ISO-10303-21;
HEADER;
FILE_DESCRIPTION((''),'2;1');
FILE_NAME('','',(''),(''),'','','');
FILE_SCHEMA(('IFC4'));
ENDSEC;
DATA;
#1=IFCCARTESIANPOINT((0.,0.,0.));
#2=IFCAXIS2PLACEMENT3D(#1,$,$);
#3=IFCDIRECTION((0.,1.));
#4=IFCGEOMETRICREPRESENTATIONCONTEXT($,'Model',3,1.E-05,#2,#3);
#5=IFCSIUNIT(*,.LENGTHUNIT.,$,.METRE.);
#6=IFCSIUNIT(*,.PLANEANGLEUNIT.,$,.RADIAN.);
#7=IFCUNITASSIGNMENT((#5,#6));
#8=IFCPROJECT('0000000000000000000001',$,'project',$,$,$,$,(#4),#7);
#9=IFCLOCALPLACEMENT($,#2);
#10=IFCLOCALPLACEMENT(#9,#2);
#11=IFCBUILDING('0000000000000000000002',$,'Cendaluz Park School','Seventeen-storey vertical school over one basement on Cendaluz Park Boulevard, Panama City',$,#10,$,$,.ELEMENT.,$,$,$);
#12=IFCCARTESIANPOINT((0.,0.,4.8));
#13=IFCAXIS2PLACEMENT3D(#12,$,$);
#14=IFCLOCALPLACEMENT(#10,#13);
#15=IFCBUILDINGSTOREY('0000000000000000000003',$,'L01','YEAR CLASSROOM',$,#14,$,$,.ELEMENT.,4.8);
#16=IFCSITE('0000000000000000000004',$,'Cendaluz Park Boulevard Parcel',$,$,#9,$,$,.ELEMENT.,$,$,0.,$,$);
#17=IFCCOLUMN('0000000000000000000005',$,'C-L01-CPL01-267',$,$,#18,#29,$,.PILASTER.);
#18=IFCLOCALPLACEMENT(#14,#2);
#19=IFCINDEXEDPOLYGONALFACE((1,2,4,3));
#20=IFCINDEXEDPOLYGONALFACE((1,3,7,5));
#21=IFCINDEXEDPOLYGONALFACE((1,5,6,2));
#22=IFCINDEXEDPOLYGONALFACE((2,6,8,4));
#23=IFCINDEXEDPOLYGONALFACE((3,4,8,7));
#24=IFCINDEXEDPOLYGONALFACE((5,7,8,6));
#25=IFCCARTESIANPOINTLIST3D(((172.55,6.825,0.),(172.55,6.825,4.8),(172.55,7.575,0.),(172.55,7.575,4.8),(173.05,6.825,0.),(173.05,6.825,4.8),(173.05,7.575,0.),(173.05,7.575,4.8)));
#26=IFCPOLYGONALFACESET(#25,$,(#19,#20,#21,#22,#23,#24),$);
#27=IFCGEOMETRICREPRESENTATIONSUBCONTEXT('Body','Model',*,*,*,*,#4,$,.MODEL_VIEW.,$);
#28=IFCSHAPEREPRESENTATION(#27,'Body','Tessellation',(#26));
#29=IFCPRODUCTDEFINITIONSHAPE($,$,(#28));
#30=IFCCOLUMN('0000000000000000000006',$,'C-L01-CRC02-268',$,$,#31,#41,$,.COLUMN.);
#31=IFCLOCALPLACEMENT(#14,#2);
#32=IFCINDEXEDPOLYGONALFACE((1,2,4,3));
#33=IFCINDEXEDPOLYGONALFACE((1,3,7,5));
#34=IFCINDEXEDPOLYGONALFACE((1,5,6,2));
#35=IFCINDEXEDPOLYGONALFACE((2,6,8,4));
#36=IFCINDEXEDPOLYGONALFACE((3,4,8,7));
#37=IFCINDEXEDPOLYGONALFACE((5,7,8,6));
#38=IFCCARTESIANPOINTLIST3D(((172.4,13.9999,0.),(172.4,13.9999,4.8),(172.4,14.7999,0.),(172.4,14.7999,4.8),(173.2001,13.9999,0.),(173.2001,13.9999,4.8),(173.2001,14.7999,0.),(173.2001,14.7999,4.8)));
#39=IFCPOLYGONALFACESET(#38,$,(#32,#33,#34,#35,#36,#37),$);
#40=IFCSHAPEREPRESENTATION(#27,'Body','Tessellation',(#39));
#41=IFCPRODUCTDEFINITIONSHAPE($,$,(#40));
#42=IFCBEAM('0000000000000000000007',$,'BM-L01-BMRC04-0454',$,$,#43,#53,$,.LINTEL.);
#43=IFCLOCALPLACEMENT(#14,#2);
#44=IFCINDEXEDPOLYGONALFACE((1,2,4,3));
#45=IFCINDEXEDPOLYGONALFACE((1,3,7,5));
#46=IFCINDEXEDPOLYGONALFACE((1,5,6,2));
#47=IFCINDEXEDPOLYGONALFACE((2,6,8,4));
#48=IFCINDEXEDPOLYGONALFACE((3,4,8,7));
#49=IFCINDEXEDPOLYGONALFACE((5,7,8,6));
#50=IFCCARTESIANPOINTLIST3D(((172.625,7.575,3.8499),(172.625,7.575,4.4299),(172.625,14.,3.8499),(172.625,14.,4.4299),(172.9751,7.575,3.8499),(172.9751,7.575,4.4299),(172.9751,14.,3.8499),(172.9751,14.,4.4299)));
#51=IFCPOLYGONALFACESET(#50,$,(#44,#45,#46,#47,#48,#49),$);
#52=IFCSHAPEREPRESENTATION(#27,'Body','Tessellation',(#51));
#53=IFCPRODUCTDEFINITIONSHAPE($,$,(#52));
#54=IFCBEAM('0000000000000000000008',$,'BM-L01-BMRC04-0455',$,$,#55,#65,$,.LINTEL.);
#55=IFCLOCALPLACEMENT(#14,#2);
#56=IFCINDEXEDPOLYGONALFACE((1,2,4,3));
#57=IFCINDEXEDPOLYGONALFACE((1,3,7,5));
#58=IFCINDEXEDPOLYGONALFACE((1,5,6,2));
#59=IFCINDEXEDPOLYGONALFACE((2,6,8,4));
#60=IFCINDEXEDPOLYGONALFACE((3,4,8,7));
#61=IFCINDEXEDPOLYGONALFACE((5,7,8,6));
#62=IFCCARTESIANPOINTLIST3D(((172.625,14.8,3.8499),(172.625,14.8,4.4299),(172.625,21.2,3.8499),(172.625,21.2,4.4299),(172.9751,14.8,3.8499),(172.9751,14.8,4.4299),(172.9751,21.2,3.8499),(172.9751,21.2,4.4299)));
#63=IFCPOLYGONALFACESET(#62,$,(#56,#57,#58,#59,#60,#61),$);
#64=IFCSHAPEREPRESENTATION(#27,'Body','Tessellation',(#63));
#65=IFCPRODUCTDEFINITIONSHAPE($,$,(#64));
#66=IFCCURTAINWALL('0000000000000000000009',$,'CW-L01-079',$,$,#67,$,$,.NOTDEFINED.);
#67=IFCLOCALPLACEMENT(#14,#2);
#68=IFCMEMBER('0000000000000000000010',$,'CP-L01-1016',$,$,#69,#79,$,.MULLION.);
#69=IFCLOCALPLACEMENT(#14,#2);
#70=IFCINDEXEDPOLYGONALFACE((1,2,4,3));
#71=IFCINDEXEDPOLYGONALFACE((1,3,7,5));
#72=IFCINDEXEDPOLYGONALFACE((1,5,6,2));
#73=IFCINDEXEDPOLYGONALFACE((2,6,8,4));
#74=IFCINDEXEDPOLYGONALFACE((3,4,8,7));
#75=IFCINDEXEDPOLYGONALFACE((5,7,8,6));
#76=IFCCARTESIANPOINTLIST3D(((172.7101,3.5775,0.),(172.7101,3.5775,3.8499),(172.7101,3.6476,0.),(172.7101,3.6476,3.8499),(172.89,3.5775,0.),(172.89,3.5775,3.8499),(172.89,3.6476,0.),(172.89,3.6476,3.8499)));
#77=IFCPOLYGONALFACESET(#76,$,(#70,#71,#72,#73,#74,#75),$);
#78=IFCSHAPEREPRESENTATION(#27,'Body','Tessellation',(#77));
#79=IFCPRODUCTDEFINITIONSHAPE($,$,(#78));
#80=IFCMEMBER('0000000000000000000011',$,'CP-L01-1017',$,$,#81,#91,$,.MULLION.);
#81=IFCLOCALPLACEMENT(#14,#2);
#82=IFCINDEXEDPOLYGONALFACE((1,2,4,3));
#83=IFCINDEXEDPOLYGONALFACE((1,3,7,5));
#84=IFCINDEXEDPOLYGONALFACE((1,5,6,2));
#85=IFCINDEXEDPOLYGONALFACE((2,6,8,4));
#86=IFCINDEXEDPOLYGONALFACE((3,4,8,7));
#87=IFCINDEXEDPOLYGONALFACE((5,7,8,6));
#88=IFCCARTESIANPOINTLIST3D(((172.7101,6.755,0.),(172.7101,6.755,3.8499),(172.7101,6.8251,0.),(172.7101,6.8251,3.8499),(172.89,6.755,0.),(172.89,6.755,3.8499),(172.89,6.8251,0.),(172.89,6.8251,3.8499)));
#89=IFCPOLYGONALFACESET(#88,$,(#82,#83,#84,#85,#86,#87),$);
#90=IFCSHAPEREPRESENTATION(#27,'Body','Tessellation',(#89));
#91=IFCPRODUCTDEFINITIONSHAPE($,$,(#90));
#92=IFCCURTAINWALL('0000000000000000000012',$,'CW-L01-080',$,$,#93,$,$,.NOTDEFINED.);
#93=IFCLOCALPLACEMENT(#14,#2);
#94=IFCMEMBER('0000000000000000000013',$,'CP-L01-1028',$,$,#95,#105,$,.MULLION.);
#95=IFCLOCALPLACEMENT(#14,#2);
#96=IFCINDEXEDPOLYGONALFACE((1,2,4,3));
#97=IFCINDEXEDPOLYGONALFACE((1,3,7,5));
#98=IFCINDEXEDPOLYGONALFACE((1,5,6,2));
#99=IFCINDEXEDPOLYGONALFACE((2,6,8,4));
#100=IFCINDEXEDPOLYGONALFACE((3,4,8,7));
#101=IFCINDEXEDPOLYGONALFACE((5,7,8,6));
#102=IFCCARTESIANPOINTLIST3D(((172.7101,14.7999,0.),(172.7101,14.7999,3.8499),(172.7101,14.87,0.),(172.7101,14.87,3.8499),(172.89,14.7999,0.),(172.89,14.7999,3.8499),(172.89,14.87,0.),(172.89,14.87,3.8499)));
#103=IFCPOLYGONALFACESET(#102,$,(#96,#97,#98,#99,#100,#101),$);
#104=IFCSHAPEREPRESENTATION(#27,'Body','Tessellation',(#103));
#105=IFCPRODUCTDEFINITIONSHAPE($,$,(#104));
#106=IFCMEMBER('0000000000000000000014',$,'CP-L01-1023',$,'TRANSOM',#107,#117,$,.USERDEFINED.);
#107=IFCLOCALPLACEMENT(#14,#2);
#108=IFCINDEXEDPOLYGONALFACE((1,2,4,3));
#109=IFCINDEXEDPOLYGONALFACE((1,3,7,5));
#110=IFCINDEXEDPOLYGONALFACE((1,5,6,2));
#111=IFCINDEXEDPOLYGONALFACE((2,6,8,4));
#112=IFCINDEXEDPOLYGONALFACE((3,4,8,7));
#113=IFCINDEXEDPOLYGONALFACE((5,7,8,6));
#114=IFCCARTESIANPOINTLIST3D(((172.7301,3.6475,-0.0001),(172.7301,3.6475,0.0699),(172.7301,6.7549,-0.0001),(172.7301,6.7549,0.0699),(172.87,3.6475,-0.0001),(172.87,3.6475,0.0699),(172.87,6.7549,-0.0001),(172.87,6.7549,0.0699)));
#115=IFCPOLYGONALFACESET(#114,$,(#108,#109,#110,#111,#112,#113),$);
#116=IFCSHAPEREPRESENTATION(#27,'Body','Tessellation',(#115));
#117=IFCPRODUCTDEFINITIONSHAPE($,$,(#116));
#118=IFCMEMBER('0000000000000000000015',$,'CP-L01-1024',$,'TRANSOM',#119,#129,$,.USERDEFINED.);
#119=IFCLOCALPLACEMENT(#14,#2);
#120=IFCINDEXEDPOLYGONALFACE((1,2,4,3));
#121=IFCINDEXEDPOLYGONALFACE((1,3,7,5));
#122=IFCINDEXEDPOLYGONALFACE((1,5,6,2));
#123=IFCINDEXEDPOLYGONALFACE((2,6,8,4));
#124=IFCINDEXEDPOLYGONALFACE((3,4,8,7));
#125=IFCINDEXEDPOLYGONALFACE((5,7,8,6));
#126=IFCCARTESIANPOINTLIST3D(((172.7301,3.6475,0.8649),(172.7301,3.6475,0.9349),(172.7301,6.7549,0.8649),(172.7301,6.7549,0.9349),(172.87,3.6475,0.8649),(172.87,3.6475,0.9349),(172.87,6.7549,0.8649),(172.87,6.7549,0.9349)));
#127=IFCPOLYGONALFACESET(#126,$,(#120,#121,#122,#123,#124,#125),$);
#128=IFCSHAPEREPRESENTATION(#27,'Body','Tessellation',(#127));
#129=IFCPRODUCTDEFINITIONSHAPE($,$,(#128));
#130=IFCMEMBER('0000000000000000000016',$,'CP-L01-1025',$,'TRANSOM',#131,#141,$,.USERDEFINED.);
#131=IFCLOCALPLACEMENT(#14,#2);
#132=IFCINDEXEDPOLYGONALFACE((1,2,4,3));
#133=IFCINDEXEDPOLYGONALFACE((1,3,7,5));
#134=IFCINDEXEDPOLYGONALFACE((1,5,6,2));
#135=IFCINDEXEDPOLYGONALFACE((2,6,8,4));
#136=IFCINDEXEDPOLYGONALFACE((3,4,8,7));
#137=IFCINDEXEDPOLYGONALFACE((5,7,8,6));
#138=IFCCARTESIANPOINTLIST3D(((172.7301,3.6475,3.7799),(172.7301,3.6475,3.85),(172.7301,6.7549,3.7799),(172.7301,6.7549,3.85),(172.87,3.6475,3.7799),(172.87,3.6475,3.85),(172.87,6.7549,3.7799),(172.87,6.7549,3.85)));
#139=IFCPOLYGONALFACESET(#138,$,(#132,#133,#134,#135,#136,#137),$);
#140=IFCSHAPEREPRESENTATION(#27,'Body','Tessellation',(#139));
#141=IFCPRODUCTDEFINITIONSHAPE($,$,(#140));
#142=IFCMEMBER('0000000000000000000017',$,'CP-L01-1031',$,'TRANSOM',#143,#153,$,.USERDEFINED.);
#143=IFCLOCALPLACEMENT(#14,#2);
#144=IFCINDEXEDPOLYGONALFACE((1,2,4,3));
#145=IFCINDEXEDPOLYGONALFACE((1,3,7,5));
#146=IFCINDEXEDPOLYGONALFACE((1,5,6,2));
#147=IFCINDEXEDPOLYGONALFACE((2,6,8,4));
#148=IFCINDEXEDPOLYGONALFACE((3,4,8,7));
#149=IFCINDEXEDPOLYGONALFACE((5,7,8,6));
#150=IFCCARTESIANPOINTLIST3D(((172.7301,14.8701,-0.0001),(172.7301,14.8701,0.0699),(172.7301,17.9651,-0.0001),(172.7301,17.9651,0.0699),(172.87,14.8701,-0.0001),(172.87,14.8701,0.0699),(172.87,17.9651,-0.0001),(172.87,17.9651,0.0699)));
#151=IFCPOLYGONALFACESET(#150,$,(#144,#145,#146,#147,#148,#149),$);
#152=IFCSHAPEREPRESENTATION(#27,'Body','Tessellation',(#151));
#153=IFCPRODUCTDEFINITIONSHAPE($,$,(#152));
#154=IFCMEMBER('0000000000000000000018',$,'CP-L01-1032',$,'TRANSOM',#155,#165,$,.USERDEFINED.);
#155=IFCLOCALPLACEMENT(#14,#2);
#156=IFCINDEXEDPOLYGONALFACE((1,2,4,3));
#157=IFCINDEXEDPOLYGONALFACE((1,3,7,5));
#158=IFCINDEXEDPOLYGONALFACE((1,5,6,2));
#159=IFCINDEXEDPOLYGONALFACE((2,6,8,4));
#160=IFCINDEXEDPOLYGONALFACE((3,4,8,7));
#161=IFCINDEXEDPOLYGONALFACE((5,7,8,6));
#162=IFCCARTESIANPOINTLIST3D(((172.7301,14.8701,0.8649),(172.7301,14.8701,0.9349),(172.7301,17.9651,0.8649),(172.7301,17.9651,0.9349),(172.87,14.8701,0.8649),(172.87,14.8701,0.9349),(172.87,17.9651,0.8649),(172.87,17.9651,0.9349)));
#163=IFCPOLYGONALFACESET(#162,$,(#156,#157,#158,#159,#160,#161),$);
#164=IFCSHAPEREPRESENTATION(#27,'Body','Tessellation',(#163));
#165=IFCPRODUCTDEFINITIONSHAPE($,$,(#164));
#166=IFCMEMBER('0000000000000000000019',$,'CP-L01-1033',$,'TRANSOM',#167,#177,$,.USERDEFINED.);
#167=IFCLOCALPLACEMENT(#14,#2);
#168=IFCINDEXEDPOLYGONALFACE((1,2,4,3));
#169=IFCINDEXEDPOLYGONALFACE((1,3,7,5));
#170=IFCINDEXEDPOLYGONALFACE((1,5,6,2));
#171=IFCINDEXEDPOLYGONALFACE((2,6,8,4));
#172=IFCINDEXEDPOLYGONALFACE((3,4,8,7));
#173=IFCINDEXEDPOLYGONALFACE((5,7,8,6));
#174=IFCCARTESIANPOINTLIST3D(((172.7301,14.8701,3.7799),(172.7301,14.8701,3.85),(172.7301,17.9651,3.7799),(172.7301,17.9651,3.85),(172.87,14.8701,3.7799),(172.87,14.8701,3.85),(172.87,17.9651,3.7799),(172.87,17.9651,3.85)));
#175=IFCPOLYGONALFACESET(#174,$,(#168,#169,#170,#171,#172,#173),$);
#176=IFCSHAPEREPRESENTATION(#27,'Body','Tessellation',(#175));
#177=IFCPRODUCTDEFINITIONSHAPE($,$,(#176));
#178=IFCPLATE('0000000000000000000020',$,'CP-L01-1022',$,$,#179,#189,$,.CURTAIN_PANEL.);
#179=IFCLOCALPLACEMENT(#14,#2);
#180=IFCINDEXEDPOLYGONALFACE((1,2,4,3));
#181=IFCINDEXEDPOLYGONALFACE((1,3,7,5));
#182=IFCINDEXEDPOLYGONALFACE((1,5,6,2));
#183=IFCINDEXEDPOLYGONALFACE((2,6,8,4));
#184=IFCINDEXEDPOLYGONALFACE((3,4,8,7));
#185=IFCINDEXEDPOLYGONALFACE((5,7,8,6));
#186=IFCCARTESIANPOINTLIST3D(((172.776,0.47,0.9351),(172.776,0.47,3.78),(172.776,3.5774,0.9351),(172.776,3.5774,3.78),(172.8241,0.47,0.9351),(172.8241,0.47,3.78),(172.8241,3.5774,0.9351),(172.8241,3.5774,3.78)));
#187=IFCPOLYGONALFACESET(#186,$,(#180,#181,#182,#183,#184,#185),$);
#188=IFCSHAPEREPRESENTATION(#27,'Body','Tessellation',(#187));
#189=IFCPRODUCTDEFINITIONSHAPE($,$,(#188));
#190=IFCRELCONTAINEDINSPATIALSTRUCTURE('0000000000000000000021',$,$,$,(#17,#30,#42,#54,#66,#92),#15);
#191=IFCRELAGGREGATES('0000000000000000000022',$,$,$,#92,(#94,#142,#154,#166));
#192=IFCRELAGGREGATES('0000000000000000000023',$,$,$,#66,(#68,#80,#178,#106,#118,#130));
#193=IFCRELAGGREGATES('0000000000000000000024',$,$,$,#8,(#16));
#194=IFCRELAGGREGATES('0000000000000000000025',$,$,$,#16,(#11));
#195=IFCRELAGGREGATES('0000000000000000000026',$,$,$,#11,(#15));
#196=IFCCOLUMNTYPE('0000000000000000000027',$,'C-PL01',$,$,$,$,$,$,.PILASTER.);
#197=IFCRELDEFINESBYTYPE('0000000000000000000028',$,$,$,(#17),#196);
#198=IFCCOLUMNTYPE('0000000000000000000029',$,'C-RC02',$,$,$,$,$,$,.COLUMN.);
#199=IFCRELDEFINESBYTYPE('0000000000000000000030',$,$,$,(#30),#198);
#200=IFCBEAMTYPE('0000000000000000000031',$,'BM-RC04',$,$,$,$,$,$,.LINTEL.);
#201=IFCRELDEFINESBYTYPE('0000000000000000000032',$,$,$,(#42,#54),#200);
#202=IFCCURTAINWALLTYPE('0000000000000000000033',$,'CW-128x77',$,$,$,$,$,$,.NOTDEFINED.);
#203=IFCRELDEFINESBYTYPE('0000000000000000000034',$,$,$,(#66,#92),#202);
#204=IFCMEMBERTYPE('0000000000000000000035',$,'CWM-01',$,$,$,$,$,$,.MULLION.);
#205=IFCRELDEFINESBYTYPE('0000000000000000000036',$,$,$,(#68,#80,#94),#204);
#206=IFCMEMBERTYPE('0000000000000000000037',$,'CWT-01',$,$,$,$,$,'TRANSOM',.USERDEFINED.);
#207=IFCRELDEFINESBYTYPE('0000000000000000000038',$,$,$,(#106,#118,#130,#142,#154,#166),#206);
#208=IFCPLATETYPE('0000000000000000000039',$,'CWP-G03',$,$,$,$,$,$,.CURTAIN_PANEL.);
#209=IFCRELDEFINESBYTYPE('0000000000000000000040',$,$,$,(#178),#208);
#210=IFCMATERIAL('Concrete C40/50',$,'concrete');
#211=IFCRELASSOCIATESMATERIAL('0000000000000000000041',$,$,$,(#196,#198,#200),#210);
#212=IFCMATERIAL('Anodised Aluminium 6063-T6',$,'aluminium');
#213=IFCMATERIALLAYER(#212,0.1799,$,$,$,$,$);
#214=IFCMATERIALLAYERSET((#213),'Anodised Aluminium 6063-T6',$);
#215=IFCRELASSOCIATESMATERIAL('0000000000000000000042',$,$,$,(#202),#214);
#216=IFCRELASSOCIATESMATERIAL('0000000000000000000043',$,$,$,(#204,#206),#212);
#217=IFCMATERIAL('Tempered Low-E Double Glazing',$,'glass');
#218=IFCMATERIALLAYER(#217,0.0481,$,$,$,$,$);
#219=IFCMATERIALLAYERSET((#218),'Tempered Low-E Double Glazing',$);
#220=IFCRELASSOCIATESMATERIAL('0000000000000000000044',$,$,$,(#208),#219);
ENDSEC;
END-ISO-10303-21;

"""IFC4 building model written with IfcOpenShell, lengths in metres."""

from ifc_helpers import new_model, si_unit, direction, frame, origin, origin_2d, place, context, subcontext, project, spatial, rectangle, extrude, material, layer, layer_set, material_profile, profile_set, type_object, element, aggregate, save


model = new_model("IFC4")

# Units and contexts
model_context = context("Model", 3, precision=1e-05, world=origin(), true_north=direction((0.0, 1.0)))
body_context = subcontext(model_context, "Body", "Model", "MODEL_VIEW")
ifc_project = project(units=[si_unit("LENGTHUNIT", "METRE"), si_unit("PLANEANGLEUNIT", "RADIAN")], contexts=[model_context])

# Site, building, storey
site_placement = place(None, origin())
site = spatial("IfcSite", under=ifc_project, at=site_placement, Name="Cendaluz Park Boulevard Parcel", CompositionType="ELEMENT", RefElevation=0.0)
building_placement = place(site_placement, origin())
building = spatial("IfcBuilding", under=site, at=building_placement, Name="Cendaluz Park School", Description="Seventeen-storey vertical school over one basement on Cendaluz Park Boulevard, Panama City", CompositionType="ELEMENT")
storey_placement = place(building_placement, frame((0.0, 0.0, 4.8)))
storey = spatial("IfcBuildingStorey", under=building, at=storey_placement, Name="L01", Description="YEAR CLASSROOM", CompositionType="ELEMENT", Elevation=4.8)

# Columns
ifc_material_1 = material(Name="Concrete C40/50", Category="concrete")
ifc_material_profile_1 = material_profile(ifc_material_1, rectangle(XDim=0.5, YDim=0.75, at=origin_2d()), Name="RC 500x750", Category="concrete")
ifc_profile_set_1 = profile_set([ifc_material_profile_1], Name="Concrete C40/50")
column_type_1 = type_object("IfcColumnType", Name="C-PL01", PredefinedType="PILASTER", material=ifc_profile_set_1)
column_1_placement = place(storey_placement, frame((172.8, 7.2, 0.0), z_axis=(0.0, 0.0, 1.0), x_axis=(1.0, 0.0, 0.0)))
element("IfcColumn", 1, at=column_1_placement, inside=storey, type_object=column_type_1, Name="C-L01-CPL01-267", PredefinedType="PILASTER", context=body_context, shape_type="SweptSolid", body=[
    extrude(rectangle(XDim=0.5, YDim=0.75, at=origin_2d()), origin(), (0.0, 0.0, 1.0), 4.8),
])
ifc_material_profile_2 = material_profile(ifc_material_1, rectangle(XDim=0.8, YDim=0.8, at=origin_2d()), Name="RC 800x800", Category="concrete")
ifc_profile_set_2 = profile_set([ifc_material_profile_2], Name="Concrete C40/50")
column_type_2 = type_object("IfcColumnType", Name="C-RC02", PredefinedType="COLUMN", material=ifc_profile_set_2)
column_2_placement = place(storey_placement, frame((172.8, 14.3999, 0.0), z_axis=(0.0, 0.0, 1.0), x_axis=(1.0, 0.0, 0.0)))
element("IfcColumn", 2, at=column_2_placement, inside=storey, type_object=column_type_2, Name="C-L01-CRC02-268", PredefinedType="COLUMN", context=body_context, shape_type="SweptSolid", body=[
    extrude(rectangle(XDim=0.8, YDim=0.8, at=origin_2d()), origin(), (0.0, 0.0, 1.0), 4.8),
])

# Beams
ifc_material_profile_3 = material_profile(ifc_material_1, rectangle(XDim=0.3501, YDim=0.5801, at=origin_2d()), Name="RC 350x580", Category="concrete")
ifc_profile_set_3 = profile_set([ifc_material_profile_3], Name="Concrete C40/50")
beam_type = type_object("IfcBeamType", Name="BM-RC04", PredefinedType="LINTEL", material=ifc_profile_set_3)
beam_1_placement = place(storey_placement, frame((172.8, 7.575, 4.1399), z_axis=(0.0, 1.0, 0.0), x_axis=(-1.0, 0.0, 0.0)))
element("IfcBeam", 3, at=beam_1_placement, inside=storey, type_object=beam_type, Name="BM-L01-BMRC04-0454", PredefinedType="LINTEL", context=body_context, shape_type="SweptSolid", body=[
    extrude(rectangle(XDim=0.3501, YDim=0.5801, at=origin_2d()), origin(), (0.0, 0.0, 1.0), 6.425),
])
beam_2_placement = place(storey_placement, frame((172.8, 14.8, 4.1399), z_axis=(0.0, 1.0, 0.0), x_axis=(-1.0, 0.0, 0.0)))
element("IfcBeam", 4, at=beam_2_placement, inside=storey, type_object=beam_type, Name="BM-L01-BMRC04-0455", PredefinedType="LINTEL", context=body_context, shape_type="SweptSolid", body=[
    extrude(rectangle(XDim=0.3501, YDim=0.5801, at=origin_2d()), origin(), (0.0, 0.0, 1.0), 6.3999),
])

# Curtain wall, members
ifc_material_2 = material(Name="Anodised Aluminium 6063-T6", Category="aluminium")
ifc_layer_1 = layer(ifc_material_2, 0.1799)
ifc_layer_set_1 = layer_set([ifc_layer_1], Name="Anodised Aluminium 6063-T6")
curtain_wall_type = type_object("IfcCurtainWallType", Name="CW-128x77", PredefinedType="NOTDEFINED", material=ifc_layer_set_1)
curtain_wall_1_placement = place(storey_placement, origin())
curtain_wall_1 = element("IfcCurtainWall", 5, at=curtain_wall_1_placement, inside=storey, type_object=curtain_wall_type, Name="CW-L01-079", PredefinedType="NOTDEFINED")
ifc_material_profile_4 = material_profile(ifc_material_2, rectangle(XDim=0.1799, YDim=0.0701, at=origin_2d()), Name="CWM 180x70", Category="aluminium")
ifc_profile_set_4 = profile_set([ifc_material_profile_4], Name="Anodised Aluminium 6063-T6")
member_type_1 = type_object("IfcMemberType", Name="CWM-01", PredefinedType="MULLION", material=ifc_profile_set_4)
member_1_placement = place(storey_placement, frame((172.8, 3.6125, 0.0), z_axis=(0.0, 0.0, 1.0), x_axis=(-1.0, 0.0, 0.0)))
member_1 = element("IfcMember", 6, at=member_1_placement, type_object=member_type_1, Name="CP-L01-1016", PredefinedType="MULLION", context=body_context, shape_type="SweptSolid", body=[
    extrude(rectangle(XDim=0.1799, YDim=0.0701, at=origin_2d()), origin(), (0.0, 0.0, 1.0), 3.8499),
])
member_2_placement = place(storey_placement, frame((172.8, 6.79, 0.0), z_axis=(0.0, 0.0, 1.0), x_axis=(-1.0, 0.0, 0.0)))
member_2 = element("IfcMember", 7, at=member_2_placement, type_object=member_type_1, Name="CP-L01-1017", PredefinedType="MULLION", context=body_context, shape_type="SweptSolid", body=[
    extrude(rectangle(XDim=0.1799, YDim=0.0701, at=origin_2d()), origin(), (0.0, 0.0, 1.0), 3.8499),
])

# Curtain wall, member
curtain_wall_2_placement = place(storey_placement, origin())
curtain_wall_2 = element("IfcCurtainWall", 8, at=curtain_wall_2_placement, inside=storey, type_object=curtain_wall_type, Name="CW-L01-080", PredefinedType="NOTDEFINED")
member_3_placement = place(storey_placement, frame((172.8, 14.835, 0.0), z_axis=(0.0, 0.0, 1.0), x_axis=(-1.0, 0.0, 0.0)))
member_3 = element("IfcMember", 9, at=member_3_placement, type_object=member_type_1, Name="CP-L01-1028", PredefinedType="MULLION", context=body_context, shape_type="SweptSolid", body=[
    extrude(rectangle(XDim=0.1799, YDim=0.0701, at=origin_2d()), origin(), (0.0, 0.0, 1.0), 3.8499),
])

# Members
ifc_material_profile_5 = material_profile(ifc_material_2, rectangle(XDim=0.1399, YDim=0.0701, at=origin_2d()), Name="CWT 140x70", Category="aluminium")
ifc_profile_set_5 = profile_set([ifc_material_profile_5], Name="Anodised Aluminium 6063-T6")
member_type_2 = type_object("IfcMemberType", Name="CWT-01", ElementType="TRANSOM", PredefinedType="USERDEFINED", material=ifc_profile_set_5)
member_4_placement = place(storey_placement, frame((172.8, 3.6475, 0.0349), z_axis=(0.0, 1.0, 0.0), x_axis=(-1.0, 0.0, 0.0)))
member_4 = element("IfcMember", 10, at=member_4_placement, type_object=member_type_2, Name="CP-L01-1023", ObjectType="TRANSOM", PredefinedType="USERDEFINED", context=body_context, shape_type="SweptSolid", body=[
    extrude(rectangle(XDim=0.1399, YDim=0.0701, at=origin_2d()), origin(), (0.0, 0.0, 1.0), 3.1074),
])
member_5_placement = place(storey_placement, frame((172.8, 3.6475, 0.8999), z_axis=(0.0, 1.0, 0.0), x_axis=(-1.0, 0.0, 0.0)))
member_5 = element("IfcMember", 11, at=member_5_placement, type_object=member_type_2, Name="CP-L01-1024", ObjectType="TRANSOM", PredefinedType="USERDEFINED", context=body_context, shape_type="SweptSolid", body=[
    extrude(rectangle(XDim=0.1399, YDim=0.0701, at=origin_2d()), origin(), (0.0, 0.0, 1.0), 3.1074),
])
member_6_placement = place(storey_placement, frame((172.8, 3.6475, 3.8149), z_axis=(0.0, 1.0, 0.0), x_axis=(-1.0, 0.0, 0.0)))
member_6 = element("IfcMember", 12, at=member_6_placement, type_object=member_type_2, Name="CP-L01-1025", ObjectType="TRANSOM", PredefinedType="USERDEFINED", context=body_context, shape_type="SweptSolid", body=[
    extrude(rectangle(XDim=0.1399, YDim=0.0701, at=origin_2d()), origin(), (0.0, 0.0, 1.0), 3.1074),
])
member_7_placement = place(storey_placement, frame((172.8, 14.8701, 0.0349), z_axis=(0.0, 1.0, 0.0), x_axis=(-1.0, 0.0, 0.0)))
member_7 = element("IfcMember", 13, at=member_7_placement, type_object=member_type_2, Name="CP-L01-1031", ObjectType="TRANSOM", PredefinedType="USERDEFINED", context=body_context, shape_type="SweptSolid", body=[
    extrude(rectangle(XDim=0.1399, YDim=0.0701, at=origin_2d()), origin(), (0.0, 0.0, 1.0), 3.095),
])
member_8_placement = place(storey_placement, frame((172.8, 14.8701, 0.8999), z_axis=(0.0, 1.0, 0.0), x_axis=(-1.0, 0.0, 0.0)))
member_8 = element("IfcMember", 14, at=member_8_placement, type_object=member_type_2, Name="CP-L01-1032", ObjectType="TRANSOM", PredefinedType="USERDEFINED", context=body_context, shape_type="SweptSolid", body=[
    extrude(rectangle(XDim=0.1399, YDim=0.0701, at=origin_2d()), origin(), (0.0, 0.0, 1.0), 3.095),
])
member_9_placement = place(storey_placement, frame((172.8, 14.8701, 3.8149), z_axis=(0.0, 1.0, 0.0), x_axis=(-1.0, 0.0, 0.0)))
member_9 = element("IfcMember", 15, at=member_9_placement, type_object=member_type_2, Name="CP-L01-1033", ObjectType="TRANSOM", PredefinedType="USERDEFINED", context=body_context, shape_type="SweptSolid", body=[
    extrude(rectangle(XDim=0.1399, YDim=0.0701, at=origin_2d()), origin(), (0.0, 0.0, 1.0), 3.095),
])

# Plate
ifc_material_3 = material(Name="Tempered Low-E Double Glazing", Category="glass")
ifc_layer_2 = layer(ifc_material_3, 0.0481)
ifc_layer_set_2 = layer_set([ifc_layer_2], Name="Tempered Low-E Double Glazing")
plate_type_1 = type_object("IfcPlateType", Name="CWP-G03", PredefinedType="CURTAIN_PANEL", material=ifc_layer_set_2)
plate_1_placement = place(storey_placement, frame((172.8, 2.0237, 0.9351), z_axis=(0.0, 0.0, 1.0), x_axis=(0.0, 1.0, 0.0)))
plate_1 = element("IfcPlate", 16, at=plate_1_placement, type_object=plate_type_1, Name="CP-L01-1022", PredefinedType="CURTAIN_PANEL", context=body_context, shape_type="SweptSolid", body=[
    extrude(rectangle(XDim=3.1074, YDim=0.0481, at=origin_2d()), origin(), (0.0, 0.0, 1.0), 2.845),
])
aggregate(curtain_wall_2, [member_3, member_7, member_8, member_9])
aggregate(curtain_wall_1, [member_1, member_2, plate_1, member_4, member_5, member_6])

save(model, "model.ifc")
